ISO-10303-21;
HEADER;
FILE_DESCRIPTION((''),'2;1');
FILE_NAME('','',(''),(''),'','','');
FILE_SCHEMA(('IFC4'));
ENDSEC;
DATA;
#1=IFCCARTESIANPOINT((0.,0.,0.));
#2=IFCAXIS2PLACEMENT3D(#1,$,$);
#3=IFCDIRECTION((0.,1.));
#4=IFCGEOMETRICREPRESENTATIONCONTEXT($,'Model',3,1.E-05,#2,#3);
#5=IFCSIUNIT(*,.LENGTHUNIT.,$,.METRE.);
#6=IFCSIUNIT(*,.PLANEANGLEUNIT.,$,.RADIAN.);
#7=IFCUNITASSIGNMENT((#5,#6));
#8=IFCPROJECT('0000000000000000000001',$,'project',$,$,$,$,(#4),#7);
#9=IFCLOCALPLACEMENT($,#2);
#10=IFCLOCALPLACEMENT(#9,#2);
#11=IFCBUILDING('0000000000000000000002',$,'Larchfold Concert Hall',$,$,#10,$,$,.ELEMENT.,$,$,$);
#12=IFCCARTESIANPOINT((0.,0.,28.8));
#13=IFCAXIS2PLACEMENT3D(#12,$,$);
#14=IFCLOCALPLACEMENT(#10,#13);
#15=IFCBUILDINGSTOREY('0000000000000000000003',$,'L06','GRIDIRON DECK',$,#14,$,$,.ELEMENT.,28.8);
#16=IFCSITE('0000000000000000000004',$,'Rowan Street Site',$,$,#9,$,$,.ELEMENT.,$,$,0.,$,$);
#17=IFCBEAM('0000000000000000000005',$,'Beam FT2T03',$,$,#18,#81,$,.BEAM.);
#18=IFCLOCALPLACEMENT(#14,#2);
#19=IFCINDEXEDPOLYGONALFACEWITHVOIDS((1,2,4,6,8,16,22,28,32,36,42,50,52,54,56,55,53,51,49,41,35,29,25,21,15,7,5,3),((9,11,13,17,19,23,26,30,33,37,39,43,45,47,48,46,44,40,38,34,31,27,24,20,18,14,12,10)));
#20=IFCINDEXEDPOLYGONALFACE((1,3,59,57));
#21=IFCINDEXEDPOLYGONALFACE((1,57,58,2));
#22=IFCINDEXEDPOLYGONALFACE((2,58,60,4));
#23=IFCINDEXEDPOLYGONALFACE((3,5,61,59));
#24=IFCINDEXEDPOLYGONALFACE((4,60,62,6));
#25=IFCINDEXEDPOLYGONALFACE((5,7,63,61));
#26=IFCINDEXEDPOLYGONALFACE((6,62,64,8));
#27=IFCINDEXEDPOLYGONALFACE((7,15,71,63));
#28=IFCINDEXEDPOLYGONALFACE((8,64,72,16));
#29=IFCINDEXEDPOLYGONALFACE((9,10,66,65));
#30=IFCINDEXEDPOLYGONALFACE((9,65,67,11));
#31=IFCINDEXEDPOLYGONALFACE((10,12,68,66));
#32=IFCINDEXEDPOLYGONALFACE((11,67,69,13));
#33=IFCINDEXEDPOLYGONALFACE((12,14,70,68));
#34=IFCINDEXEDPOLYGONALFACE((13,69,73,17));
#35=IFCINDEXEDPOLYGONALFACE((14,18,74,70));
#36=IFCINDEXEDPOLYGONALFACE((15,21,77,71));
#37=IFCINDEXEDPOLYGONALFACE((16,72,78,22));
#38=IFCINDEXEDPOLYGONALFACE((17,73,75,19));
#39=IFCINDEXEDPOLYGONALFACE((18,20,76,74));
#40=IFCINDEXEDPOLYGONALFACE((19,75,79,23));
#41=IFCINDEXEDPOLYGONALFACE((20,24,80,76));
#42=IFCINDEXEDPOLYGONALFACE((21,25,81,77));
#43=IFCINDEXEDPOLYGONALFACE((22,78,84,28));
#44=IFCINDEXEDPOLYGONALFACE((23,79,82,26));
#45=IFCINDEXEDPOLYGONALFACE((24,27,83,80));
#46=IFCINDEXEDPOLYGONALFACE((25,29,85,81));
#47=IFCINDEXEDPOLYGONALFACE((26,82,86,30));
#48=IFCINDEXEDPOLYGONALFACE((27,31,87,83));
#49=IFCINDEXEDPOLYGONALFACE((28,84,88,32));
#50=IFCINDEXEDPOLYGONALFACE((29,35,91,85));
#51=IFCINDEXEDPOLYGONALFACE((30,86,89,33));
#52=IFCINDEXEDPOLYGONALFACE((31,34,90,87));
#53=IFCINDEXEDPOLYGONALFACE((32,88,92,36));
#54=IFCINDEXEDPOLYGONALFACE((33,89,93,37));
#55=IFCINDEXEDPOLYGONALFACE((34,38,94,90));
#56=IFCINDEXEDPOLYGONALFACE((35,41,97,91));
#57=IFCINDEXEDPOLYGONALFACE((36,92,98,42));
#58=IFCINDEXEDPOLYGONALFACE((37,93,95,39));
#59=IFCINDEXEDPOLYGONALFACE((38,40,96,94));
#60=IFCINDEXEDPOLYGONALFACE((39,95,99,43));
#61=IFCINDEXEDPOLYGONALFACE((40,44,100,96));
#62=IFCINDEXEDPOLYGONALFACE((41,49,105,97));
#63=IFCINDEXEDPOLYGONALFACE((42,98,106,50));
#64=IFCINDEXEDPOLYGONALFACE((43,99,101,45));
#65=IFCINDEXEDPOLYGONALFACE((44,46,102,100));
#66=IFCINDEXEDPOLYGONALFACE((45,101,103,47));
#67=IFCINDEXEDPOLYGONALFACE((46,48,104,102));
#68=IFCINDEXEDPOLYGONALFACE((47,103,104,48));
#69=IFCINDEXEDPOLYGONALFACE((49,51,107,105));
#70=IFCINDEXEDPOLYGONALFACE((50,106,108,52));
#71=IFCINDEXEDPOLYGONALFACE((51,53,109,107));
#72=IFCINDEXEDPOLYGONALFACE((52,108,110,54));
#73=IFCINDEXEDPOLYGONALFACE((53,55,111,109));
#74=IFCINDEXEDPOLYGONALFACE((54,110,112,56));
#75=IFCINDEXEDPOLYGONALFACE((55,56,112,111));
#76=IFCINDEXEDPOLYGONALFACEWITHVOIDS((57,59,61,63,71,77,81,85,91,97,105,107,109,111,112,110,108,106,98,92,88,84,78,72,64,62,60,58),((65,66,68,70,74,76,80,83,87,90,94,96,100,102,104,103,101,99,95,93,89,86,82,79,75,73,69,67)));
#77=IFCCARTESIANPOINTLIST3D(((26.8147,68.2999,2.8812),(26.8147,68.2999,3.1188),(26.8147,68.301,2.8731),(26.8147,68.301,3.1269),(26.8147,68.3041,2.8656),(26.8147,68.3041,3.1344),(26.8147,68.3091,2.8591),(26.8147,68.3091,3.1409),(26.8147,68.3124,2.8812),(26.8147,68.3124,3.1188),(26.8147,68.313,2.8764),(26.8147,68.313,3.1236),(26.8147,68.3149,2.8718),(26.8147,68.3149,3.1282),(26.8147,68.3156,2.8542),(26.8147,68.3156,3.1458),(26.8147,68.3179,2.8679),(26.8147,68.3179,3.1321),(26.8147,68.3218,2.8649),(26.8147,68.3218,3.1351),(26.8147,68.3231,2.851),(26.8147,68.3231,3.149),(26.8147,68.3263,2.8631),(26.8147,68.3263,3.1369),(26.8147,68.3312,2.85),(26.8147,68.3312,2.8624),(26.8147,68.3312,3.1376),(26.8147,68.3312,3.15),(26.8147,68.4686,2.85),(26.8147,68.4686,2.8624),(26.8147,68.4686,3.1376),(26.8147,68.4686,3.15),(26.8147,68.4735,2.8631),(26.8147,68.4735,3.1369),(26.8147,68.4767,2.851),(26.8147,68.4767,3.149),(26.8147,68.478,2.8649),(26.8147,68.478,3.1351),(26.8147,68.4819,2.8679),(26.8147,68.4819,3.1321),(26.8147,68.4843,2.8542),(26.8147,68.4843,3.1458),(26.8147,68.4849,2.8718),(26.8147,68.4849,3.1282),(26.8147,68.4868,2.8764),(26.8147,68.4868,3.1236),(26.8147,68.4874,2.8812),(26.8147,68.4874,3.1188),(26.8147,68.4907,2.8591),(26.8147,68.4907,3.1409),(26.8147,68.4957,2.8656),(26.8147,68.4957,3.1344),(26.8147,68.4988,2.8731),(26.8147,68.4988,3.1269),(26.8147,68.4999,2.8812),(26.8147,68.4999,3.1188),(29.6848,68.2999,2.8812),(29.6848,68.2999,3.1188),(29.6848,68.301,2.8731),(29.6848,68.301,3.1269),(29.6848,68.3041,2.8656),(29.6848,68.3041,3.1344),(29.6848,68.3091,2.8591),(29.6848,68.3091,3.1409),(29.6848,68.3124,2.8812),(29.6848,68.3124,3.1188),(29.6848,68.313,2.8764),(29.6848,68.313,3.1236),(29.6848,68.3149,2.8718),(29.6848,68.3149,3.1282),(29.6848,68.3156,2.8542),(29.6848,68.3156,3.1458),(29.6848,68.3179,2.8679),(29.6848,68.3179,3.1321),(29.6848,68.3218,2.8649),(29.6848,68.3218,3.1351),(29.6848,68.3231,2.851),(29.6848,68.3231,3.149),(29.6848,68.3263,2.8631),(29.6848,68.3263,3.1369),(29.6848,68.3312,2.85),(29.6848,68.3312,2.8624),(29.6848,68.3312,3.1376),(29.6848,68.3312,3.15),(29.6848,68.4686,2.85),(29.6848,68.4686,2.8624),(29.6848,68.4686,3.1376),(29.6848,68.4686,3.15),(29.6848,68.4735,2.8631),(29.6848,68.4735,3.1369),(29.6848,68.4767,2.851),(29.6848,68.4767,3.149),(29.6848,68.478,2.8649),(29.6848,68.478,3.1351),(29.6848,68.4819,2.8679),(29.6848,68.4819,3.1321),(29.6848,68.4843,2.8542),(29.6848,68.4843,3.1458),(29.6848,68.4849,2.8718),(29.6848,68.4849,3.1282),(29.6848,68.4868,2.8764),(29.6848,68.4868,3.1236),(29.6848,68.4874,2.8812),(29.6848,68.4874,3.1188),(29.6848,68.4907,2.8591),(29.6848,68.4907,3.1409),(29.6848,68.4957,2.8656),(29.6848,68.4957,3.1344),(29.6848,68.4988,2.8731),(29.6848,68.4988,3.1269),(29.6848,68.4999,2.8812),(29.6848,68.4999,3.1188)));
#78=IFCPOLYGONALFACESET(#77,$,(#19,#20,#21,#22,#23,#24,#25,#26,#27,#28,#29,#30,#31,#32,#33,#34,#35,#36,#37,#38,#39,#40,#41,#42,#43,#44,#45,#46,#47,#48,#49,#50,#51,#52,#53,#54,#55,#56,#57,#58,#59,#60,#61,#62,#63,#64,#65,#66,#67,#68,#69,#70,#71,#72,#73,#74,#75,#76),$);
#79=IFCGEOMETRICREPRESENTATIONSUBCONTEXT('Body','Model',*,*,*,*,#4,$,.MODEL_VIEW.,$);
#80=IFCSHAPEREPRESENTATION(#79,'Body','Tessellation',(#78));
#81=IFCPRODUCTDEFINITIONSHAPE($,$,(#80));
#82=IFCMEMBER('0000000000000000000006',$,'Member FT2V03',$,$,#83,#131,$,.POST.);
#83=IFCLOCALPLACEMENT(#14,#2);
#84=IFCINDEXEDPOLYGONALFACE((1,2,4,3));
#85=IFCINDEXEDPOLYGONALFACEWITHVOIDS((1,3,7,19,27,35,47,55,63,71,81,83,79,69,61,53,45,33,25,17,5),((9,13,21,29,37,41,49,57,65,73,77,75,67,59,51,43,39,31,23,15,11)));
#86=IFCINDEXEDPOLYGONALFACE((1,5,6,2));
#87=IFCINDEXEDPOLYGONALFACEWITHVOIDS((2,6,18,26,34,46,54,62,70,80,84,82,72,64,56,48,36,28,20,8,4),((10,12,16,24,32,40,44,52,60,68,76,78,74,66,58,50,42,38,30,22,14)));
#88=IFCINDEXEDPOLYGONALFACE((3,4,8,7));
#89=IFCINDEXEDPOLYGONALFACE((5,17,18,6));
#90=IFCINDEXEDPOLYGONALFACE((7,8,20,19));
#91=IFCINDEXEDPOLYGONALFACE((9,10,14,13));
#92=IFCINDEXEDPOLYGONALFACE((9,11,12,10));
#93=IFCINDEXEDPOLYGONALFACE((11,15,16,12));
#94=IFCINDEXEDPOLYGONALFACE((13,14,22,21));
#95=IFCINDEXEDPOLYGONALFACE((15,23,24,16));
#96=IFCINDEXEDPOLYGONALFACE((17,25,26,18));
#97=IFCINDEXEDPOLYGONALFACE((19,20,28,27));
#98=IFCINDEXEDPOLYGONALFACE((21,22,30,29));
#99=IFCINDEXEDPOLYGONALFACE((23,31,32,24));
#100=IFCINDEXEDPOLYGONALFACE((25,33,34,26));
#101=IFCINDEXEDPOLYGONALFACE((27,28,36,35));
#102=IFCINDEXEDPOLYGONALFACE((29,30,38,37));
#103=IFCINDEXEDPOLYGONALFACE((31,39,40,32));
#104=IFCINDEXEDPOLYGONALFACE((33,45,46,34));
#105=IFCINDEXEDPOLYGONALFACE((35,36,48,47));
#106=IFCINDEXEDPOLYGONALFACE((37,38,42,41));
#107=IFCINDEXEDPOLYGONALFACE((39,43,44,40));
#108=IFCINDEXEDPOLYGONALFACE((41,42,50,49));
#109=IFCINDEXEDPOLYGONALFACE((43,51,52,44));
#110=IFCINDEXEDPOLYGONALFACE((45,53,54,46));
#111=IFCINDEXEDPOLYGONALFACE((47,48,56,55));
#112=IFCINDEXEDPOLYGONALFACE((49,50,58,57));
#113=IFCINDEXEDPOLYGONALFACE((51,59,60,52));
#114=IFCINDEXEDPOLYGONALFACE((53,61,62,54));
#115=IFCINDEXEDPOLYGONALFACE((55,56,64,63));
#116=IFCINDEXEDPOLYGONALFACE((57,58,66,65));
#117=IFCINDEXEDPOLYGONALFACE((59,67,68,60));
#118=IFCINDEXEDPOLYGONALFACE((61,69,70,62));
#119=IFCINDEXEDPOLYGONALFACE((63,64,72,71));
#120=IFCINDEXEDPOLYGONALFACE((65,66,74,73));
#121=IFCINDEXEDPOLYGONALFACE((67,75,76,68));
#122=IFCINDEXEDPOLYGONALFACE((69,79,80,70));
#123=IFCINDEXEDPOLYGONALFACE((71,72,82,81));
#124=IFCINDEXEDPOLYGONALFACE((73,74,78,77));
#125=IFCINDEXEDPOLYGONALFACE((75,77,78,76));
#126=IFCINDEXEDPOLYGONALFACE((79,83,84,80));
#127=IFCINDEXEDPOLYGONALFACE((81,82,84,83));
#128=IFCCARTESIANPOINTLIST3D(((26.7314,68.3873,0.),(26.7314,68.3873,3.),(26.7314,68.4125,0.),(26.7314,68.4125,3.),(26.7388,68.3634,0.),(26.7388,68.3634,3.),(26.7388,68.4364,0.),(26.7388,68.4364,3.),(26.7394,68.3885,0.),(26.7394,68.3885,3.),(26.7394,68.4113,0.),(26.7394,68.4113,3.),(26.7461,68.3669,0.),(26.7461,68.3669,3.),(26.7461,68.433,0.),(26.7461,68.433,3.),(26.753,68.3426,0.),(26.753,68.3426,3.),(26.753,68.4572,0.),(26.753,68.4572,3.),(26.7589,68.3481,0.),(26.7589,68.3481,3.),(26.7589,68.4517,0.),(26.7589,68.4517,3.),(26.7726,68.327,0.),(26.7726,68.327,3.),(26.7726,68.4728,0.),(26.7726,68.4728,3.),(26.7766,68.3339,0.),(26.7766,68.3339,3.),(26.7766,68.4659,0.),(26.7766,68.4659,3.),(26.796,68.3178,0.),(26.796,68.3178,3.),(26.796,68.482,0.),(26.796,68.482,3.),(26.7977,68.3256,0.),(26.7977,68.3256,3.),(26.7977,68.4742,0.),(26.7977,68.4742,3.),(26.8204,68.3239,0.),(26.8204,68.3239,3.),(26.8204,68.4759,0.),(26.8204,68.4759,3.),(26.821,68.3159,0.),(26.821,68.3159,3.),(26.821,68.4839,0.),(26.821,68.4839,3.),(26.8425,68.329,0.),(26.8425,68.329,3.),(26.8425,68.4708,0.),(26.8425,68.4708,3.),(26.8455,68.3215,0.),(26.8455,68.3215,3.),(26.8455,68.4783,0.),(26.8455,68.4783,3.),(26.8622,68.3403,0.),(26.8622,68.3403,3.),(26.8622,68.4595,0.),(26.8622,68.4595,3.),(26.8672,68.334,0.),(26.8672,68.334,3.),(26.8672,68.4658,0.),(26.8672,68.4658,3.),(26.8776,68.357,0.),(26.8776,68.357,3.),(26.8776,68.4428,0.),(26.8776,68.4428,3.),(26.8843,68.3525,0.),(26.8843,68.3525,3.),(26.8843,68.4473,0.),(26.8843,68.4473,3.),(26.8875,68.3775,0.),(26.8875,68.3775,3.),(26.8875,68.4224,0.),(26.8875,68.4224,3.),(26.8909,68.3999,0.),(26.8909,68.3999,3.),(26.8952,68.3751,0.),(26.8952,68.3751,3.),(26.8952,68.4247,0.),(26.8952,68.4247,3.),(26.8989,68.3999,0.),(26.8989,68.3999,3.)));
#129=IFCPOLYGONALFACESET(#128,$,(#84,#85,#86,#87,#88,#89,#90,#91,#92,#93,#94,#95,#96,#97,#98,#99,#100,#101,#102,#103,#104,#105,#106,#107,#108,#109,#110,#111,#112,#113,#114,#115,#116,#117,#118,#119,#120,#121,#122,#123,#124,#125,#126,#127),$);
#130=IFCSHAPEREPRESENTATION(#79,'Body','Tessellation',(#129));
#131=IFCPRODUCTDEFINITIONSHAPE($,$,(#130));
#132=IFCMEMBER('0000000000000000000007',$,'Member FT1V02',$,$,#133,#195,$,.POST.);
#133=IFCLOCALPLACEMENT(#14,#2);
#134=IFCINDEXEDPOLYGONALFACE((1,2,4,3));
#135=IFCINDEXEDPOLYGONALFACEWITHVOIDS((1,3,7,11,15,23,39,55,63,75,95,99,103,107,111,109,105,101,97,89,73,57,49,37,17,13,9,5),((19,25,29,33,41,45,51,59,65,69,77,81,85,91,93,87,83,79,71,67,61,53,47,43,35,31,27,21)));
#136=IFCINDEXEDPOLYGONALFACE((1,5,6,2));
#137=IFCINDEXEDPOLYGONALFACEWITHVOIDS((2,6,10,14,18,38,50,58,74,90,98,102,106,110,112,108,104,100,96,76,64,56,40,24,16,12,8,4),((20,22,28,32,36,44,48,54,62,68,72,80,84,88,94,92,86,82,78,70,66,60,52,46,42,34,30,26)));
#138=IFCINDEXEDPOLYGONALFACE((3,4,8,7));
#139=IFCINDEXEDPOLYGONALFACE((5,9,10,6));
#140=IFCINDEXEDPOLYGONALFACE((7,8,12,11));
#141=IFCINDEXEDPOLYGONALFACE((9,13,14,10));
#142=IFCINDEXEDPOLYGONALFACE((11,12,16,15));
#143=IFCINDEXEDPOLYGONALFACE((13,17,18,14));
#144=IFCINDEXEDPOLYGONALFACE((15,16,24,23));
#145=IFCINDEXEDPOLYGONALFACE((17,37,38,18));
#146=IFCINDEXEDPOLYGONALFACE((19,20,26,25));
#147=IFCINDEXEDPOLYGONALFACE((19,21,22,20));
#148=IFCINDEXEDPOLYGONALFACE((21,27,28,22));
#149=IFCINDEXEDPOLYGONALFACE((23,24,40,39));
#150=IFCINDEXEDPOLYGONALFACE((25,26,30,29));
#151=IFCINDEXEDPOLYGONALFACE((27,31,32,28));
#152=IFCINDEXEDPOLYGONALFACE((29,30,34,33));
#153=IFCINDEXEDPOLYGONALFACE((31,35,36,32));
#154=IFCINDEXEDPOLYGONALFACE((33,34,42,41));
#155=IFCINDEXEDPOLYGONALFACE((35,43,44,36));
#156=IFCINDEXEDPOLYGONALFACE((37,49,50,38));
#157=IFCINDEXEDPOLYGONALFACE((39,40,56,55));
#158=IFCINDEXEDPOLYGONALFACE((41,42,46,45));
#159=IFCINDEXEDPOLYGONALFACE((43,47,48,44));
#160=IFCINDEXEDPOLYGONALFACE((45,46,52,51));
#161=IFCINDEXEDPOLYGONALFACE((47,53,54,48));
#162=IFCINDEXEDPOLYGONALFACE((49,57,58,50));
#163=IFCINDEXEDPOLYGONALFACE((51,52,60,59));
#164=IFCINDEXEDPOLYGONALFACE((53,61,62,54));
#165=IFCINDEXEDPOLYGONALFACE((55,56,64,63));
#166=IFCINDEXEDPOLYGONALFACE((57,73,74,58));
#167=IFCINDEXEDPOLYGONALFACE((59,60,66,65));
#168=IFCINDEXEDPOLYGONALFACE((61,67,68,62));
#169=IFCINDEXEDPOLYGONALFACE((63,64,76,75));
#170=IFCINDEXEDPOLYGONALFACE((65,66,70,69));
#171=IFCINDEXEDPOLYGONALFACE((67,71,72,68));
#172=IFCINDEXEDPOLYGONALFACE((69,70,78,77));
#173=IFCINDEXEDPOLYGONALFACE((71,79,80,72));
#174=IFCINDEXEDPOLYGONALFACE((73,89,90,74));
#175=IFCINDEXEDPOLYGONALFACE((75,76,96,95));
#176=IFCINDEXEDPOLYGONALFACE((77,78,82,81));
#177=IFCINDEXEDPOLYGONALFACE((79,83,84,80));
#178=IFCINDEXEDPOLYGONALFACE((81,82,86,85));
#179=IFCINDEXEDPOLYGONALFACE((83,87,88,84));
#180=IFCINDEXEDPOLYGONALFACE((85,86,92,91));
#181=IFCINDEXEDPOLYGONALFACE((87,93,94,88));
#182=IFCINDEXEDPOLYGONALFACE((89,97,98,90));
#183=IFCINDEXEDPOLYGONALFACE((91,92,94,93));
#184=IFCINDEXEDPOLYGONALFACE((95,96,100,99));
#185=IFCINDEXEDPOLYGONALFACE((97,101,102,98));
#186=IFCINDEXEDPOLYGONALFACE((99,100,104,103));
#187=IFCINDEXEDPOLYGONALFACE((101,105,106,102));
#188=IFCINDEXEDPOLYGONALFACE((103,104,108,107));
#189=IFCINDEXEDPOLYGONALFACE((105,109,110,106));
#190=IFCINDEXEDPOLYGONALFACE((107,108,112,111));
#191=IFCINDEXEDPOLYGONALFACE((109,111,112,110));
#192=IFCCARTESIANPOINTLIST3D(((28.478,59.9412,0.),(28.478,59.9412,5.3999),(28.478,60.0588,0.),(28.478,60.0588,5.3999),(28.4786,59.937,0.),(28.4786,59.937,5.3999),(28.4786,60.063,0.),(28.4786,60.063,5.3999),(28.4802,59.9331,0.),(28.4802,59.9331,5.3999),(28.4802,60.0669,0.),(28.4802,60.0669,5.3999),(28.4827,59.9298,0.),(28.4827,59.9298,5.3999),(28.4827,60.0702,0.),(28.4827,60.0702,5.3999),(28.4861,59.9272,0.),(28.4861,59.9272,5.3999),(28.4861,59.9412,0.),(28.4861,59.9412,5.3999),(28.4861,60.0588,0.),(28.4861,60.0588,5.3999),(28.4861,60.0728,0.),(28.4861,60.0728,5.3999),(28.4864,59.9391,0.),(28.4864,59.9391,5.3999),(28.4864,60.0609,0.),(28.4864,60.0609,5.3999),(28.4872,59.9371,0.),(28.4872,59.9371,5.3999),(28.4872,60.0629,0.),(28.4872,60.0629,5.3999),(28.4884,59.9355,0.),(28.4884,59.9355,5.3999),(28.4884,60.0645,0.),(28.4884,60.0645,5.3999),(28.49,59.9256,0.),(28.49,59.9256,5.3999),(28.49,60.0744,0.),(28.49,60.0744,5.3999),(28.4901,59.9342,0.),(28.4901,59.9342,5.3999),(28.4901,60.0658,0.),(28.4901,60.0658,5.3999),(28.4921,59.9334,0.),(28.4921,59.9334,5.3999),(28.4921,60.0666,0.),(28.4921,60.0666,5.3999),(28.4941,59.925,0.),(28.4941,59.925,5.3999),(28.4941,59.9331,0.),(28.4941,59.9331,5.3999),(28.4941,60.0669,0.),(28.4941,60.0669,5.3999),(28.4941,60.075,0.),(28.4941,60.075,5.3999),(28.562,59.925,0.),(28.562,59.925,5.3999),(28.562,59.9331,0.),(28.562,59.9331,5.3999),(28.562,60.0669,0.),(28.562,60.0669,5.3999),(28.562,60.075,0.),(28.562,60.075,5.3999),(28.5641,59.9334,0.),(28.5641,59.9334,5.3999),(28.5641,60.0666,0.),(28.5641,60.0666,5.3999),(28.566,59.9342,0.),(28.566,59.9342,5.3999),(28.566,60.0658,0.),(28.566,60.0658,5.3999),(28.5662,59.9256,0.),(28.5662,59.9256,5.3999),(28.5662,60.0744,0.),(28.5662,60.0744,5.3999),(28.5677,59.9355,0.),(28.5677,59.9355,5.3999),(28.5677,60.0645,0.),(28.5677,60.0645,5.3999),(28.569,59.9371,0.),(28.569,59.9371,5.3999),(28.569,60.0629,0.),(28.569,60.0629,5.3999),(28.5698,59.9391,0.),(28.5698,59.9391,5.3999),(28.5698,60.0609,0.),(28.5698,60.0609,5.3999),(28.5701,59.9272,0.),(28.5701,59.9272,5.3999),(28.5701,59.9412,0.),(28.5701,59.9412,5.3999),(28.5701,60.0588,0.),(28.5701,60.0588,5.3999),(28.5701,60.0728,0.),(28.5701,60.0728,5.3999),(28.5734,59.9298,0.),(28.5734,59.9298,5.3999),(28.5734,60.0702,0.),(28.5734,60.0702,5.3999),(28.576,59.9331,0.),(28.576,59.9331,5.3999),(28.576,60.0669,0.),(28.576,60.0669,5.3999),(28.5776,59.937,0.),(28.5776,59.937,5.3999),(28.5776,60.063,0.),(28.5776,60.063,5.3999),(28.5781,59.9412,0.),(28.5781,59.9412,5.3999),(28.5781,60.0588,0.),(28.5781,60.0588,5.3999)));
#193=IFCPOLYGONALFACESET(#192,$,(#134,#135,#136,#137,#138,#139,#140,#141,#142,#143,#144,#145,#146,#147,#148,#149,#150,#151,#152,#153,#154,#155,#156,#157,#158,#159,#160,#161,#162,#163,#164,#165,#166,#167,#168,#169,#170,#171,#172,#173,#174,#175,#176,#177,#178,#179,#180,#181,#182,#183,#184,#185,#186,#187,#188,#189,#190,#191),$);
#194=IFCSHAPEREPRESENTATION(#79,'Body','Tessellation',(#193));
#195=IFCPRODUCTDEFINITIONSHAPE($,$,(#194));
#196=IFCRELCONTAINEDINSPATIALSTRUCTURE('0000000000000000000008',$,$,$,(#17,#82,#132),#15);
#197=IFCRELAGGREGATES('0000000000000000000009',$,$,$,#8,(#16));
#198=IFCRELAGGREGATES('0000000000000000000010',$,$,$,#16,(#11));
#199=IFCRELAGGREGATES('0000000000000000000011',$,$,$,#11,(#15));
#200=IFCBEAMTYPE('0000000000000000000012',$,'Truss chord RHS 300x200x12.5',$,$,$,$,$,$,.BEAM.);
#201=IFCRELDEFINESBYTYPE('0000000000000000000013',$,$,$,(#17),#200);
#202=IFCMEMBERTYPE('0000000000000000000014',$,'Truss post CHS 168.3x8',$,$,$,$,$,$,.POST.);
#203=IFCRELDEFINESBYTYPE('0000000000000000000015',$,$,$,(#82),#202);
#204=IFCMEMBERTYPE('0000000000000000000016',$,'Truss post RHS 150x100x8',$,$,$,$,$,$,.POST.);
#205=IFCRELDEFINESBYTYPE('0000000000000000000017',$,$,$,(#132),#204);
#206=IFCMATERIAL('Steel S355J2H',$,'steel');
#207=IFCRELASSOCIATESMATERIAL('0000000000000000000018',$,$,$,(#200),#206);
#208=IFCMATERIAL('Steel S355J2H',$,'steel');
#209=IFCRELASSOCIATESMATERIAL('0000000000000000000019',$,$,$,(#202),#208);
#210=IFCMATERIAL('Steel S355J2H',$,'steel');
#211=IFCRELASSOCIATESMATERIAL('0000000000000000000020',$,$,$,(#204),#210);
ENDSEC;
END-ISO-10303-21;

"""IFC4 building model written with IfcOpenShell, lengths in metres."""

from ifc_helpers import new_model, si_unit, direction, frame, origin, origin_2d, place, context, subcontext, project, spatial, hollow_rectangle, hollow_circle, extrude, material, material_profile, profile_set, type_object, element, save


model = new_model("IFC4")

# Units and contexts
model_context = context("Model", 3, precision=1e-05, world=origin(), true_north=direction((0.0, 1.0)))
body_context = subcontext(model_context, "Body", "Model", "MODEL_VIEW")
ifc_project = project(units=[si_unit("LENGTHUNIT", "METRE"), si_unit("PLANEANGLEUNIT", "RADIAN")], contexts=[model_context])

# Site, building, storey
site_placement = place(None, origin())
site = spatial("IfcSite", under=ifc_project, at=site_placement, Name="Rowan Street Site", CompositionType="ELEMENT", RefElevation=0.0)
building_placement = place(site_placement, origin())
building = spatial("IfcBuilding", under=site, at=building_placement, Name="Larchfold Concert Hall", CompositionType="ELEMENT")
storey_placement = place(building_placement, frame((0.0, 0.0, 28.8)))
storey = spatial("IfcBuildingStorey", under=building, at=storey_placement, Name="L06", Description="GRIDIRON DECK", CompositionType="ELEMENT", Elevation=28.8)

# Beam
ifc_material_1 = material(Name="Steel S355J2H", Category="steel")
ifc_material_profile_1 = material_profile(ifc_material_1, hollow_rectangle(XDim=0.2, YDim=0.3, WallThickness=0.0125, InnerFilletRadius=0.0188, OuterFilletRadius=0.0312, at=origin_2d()))
ifc_profile_set_1 = profile_set([ifc_material_profile_1], Name="Steel S355J2H")
beam_type_1 = type_object("IfcBeamType", Name="Truss chord RHS 300x200x12.5", PredefinedType="BEAM", material=ifc_profile_set_1)
beam_1_placement = place(storey_placement, frame((26.8147, 68.3999, 3.0), z_axis=(1.0, 0.0, 0.0), x_axis=(0.0, 1.0, 0.0)))
element("IfcBeam", 1, at=beam_1_placement, inside=storey, type_object=beam_type_1, Name="Beam FT2T03", PredefinedType="BEAM", context=body_context, shape_type="SweptSolid", body=[
    extrude(hollow_rectangle(XDim=0.2, YDim=0.3, WallThickness=0.0125, InnerFilletRadius=0.0188, OuterFilletRadius=0.0312, at=origin_2d()), origin(), (0.0, 0.0, 1.0), 2.8701),
])

# Members
ifc_material_2 = material(Name="Steel S355J2H", Category="steel")
ifc_material_profile_2 = material_profile(ifc_material_2, hollow_circle(Radius=0.0842, WallThickness=0.0081, at=origin_2d()))
ifc_profile_set_2 = profile_set([ifc_material_profile_2], Name="Steel S355J2H")
member_type_1 = type_object("IfcMemberType", Name="Truss post CHS 168.3x8", PredefinedType="POST", material=ifc_profile_set_2)
member_1_placement = place(storey_placement, frame((26.8147, 68.3999, 3.0), z_axis=(0.0, 0.0, -1.0), x_axis=(1.0, 0.0, 0.0)))
element("IfcMember", 2, at=member_1_placement, inside=storey, type_object=member_type_1, Name="Member FT2V03", PredefinedType="POST", context=body_context, shape_type="SweptSolid", body=[
    extrude(hollow_circle(Radius=0.0842, WallThickness=0.0081, at=origin_2d()), origin(), (0.0, 0.0, 1.0), 3.0),
])
ifc_material_3 = material(Name="Steel S355J2H", Category="steel")
ifc_material_profile_3 = material_profile(ifc_material_3, hollow_rectangle(XDim=0.1001, YDim=0.1499, WallThickness=0.0081, InnerFilletRadius=0.0081, OuterFilletRadius=0.0161, at=origin_2d()))
ifc_profile_set_3 = profile_set([ifc_material_profile_3], Name="Steel S355J2H")
member_type_2 = type_object("IfcMemberType", Name="Truss post RHS 150x100x8", PredefinedType="POST", material=ifc_profile_set_3)
member_2_placement = place(storey_placement, frame((28.5281, 60.0, 5.3999), z_axis=(0.0, 0.0, -1.0), x_axis=(1.0, 0.0, 0.0)))
element("IfcMember", 3, at=member_2_placement, inside=storey, type_object=member_type_2, Name="Member FT1V02", PredefinedType="POST", context=body_context, shape_type="SweptSolid", body=[
    extrude(hollow_rectangle(XDim=0.1001, YDim=0.1499, WallThickness=0.0081, InnerFilletRadius=0.0081, OuterFilletRadius=0.0161, at=origin_2d()), origin(), (0.0, 0.0, 1.0), 5.3999),
])

save(model, "model.ifc")
